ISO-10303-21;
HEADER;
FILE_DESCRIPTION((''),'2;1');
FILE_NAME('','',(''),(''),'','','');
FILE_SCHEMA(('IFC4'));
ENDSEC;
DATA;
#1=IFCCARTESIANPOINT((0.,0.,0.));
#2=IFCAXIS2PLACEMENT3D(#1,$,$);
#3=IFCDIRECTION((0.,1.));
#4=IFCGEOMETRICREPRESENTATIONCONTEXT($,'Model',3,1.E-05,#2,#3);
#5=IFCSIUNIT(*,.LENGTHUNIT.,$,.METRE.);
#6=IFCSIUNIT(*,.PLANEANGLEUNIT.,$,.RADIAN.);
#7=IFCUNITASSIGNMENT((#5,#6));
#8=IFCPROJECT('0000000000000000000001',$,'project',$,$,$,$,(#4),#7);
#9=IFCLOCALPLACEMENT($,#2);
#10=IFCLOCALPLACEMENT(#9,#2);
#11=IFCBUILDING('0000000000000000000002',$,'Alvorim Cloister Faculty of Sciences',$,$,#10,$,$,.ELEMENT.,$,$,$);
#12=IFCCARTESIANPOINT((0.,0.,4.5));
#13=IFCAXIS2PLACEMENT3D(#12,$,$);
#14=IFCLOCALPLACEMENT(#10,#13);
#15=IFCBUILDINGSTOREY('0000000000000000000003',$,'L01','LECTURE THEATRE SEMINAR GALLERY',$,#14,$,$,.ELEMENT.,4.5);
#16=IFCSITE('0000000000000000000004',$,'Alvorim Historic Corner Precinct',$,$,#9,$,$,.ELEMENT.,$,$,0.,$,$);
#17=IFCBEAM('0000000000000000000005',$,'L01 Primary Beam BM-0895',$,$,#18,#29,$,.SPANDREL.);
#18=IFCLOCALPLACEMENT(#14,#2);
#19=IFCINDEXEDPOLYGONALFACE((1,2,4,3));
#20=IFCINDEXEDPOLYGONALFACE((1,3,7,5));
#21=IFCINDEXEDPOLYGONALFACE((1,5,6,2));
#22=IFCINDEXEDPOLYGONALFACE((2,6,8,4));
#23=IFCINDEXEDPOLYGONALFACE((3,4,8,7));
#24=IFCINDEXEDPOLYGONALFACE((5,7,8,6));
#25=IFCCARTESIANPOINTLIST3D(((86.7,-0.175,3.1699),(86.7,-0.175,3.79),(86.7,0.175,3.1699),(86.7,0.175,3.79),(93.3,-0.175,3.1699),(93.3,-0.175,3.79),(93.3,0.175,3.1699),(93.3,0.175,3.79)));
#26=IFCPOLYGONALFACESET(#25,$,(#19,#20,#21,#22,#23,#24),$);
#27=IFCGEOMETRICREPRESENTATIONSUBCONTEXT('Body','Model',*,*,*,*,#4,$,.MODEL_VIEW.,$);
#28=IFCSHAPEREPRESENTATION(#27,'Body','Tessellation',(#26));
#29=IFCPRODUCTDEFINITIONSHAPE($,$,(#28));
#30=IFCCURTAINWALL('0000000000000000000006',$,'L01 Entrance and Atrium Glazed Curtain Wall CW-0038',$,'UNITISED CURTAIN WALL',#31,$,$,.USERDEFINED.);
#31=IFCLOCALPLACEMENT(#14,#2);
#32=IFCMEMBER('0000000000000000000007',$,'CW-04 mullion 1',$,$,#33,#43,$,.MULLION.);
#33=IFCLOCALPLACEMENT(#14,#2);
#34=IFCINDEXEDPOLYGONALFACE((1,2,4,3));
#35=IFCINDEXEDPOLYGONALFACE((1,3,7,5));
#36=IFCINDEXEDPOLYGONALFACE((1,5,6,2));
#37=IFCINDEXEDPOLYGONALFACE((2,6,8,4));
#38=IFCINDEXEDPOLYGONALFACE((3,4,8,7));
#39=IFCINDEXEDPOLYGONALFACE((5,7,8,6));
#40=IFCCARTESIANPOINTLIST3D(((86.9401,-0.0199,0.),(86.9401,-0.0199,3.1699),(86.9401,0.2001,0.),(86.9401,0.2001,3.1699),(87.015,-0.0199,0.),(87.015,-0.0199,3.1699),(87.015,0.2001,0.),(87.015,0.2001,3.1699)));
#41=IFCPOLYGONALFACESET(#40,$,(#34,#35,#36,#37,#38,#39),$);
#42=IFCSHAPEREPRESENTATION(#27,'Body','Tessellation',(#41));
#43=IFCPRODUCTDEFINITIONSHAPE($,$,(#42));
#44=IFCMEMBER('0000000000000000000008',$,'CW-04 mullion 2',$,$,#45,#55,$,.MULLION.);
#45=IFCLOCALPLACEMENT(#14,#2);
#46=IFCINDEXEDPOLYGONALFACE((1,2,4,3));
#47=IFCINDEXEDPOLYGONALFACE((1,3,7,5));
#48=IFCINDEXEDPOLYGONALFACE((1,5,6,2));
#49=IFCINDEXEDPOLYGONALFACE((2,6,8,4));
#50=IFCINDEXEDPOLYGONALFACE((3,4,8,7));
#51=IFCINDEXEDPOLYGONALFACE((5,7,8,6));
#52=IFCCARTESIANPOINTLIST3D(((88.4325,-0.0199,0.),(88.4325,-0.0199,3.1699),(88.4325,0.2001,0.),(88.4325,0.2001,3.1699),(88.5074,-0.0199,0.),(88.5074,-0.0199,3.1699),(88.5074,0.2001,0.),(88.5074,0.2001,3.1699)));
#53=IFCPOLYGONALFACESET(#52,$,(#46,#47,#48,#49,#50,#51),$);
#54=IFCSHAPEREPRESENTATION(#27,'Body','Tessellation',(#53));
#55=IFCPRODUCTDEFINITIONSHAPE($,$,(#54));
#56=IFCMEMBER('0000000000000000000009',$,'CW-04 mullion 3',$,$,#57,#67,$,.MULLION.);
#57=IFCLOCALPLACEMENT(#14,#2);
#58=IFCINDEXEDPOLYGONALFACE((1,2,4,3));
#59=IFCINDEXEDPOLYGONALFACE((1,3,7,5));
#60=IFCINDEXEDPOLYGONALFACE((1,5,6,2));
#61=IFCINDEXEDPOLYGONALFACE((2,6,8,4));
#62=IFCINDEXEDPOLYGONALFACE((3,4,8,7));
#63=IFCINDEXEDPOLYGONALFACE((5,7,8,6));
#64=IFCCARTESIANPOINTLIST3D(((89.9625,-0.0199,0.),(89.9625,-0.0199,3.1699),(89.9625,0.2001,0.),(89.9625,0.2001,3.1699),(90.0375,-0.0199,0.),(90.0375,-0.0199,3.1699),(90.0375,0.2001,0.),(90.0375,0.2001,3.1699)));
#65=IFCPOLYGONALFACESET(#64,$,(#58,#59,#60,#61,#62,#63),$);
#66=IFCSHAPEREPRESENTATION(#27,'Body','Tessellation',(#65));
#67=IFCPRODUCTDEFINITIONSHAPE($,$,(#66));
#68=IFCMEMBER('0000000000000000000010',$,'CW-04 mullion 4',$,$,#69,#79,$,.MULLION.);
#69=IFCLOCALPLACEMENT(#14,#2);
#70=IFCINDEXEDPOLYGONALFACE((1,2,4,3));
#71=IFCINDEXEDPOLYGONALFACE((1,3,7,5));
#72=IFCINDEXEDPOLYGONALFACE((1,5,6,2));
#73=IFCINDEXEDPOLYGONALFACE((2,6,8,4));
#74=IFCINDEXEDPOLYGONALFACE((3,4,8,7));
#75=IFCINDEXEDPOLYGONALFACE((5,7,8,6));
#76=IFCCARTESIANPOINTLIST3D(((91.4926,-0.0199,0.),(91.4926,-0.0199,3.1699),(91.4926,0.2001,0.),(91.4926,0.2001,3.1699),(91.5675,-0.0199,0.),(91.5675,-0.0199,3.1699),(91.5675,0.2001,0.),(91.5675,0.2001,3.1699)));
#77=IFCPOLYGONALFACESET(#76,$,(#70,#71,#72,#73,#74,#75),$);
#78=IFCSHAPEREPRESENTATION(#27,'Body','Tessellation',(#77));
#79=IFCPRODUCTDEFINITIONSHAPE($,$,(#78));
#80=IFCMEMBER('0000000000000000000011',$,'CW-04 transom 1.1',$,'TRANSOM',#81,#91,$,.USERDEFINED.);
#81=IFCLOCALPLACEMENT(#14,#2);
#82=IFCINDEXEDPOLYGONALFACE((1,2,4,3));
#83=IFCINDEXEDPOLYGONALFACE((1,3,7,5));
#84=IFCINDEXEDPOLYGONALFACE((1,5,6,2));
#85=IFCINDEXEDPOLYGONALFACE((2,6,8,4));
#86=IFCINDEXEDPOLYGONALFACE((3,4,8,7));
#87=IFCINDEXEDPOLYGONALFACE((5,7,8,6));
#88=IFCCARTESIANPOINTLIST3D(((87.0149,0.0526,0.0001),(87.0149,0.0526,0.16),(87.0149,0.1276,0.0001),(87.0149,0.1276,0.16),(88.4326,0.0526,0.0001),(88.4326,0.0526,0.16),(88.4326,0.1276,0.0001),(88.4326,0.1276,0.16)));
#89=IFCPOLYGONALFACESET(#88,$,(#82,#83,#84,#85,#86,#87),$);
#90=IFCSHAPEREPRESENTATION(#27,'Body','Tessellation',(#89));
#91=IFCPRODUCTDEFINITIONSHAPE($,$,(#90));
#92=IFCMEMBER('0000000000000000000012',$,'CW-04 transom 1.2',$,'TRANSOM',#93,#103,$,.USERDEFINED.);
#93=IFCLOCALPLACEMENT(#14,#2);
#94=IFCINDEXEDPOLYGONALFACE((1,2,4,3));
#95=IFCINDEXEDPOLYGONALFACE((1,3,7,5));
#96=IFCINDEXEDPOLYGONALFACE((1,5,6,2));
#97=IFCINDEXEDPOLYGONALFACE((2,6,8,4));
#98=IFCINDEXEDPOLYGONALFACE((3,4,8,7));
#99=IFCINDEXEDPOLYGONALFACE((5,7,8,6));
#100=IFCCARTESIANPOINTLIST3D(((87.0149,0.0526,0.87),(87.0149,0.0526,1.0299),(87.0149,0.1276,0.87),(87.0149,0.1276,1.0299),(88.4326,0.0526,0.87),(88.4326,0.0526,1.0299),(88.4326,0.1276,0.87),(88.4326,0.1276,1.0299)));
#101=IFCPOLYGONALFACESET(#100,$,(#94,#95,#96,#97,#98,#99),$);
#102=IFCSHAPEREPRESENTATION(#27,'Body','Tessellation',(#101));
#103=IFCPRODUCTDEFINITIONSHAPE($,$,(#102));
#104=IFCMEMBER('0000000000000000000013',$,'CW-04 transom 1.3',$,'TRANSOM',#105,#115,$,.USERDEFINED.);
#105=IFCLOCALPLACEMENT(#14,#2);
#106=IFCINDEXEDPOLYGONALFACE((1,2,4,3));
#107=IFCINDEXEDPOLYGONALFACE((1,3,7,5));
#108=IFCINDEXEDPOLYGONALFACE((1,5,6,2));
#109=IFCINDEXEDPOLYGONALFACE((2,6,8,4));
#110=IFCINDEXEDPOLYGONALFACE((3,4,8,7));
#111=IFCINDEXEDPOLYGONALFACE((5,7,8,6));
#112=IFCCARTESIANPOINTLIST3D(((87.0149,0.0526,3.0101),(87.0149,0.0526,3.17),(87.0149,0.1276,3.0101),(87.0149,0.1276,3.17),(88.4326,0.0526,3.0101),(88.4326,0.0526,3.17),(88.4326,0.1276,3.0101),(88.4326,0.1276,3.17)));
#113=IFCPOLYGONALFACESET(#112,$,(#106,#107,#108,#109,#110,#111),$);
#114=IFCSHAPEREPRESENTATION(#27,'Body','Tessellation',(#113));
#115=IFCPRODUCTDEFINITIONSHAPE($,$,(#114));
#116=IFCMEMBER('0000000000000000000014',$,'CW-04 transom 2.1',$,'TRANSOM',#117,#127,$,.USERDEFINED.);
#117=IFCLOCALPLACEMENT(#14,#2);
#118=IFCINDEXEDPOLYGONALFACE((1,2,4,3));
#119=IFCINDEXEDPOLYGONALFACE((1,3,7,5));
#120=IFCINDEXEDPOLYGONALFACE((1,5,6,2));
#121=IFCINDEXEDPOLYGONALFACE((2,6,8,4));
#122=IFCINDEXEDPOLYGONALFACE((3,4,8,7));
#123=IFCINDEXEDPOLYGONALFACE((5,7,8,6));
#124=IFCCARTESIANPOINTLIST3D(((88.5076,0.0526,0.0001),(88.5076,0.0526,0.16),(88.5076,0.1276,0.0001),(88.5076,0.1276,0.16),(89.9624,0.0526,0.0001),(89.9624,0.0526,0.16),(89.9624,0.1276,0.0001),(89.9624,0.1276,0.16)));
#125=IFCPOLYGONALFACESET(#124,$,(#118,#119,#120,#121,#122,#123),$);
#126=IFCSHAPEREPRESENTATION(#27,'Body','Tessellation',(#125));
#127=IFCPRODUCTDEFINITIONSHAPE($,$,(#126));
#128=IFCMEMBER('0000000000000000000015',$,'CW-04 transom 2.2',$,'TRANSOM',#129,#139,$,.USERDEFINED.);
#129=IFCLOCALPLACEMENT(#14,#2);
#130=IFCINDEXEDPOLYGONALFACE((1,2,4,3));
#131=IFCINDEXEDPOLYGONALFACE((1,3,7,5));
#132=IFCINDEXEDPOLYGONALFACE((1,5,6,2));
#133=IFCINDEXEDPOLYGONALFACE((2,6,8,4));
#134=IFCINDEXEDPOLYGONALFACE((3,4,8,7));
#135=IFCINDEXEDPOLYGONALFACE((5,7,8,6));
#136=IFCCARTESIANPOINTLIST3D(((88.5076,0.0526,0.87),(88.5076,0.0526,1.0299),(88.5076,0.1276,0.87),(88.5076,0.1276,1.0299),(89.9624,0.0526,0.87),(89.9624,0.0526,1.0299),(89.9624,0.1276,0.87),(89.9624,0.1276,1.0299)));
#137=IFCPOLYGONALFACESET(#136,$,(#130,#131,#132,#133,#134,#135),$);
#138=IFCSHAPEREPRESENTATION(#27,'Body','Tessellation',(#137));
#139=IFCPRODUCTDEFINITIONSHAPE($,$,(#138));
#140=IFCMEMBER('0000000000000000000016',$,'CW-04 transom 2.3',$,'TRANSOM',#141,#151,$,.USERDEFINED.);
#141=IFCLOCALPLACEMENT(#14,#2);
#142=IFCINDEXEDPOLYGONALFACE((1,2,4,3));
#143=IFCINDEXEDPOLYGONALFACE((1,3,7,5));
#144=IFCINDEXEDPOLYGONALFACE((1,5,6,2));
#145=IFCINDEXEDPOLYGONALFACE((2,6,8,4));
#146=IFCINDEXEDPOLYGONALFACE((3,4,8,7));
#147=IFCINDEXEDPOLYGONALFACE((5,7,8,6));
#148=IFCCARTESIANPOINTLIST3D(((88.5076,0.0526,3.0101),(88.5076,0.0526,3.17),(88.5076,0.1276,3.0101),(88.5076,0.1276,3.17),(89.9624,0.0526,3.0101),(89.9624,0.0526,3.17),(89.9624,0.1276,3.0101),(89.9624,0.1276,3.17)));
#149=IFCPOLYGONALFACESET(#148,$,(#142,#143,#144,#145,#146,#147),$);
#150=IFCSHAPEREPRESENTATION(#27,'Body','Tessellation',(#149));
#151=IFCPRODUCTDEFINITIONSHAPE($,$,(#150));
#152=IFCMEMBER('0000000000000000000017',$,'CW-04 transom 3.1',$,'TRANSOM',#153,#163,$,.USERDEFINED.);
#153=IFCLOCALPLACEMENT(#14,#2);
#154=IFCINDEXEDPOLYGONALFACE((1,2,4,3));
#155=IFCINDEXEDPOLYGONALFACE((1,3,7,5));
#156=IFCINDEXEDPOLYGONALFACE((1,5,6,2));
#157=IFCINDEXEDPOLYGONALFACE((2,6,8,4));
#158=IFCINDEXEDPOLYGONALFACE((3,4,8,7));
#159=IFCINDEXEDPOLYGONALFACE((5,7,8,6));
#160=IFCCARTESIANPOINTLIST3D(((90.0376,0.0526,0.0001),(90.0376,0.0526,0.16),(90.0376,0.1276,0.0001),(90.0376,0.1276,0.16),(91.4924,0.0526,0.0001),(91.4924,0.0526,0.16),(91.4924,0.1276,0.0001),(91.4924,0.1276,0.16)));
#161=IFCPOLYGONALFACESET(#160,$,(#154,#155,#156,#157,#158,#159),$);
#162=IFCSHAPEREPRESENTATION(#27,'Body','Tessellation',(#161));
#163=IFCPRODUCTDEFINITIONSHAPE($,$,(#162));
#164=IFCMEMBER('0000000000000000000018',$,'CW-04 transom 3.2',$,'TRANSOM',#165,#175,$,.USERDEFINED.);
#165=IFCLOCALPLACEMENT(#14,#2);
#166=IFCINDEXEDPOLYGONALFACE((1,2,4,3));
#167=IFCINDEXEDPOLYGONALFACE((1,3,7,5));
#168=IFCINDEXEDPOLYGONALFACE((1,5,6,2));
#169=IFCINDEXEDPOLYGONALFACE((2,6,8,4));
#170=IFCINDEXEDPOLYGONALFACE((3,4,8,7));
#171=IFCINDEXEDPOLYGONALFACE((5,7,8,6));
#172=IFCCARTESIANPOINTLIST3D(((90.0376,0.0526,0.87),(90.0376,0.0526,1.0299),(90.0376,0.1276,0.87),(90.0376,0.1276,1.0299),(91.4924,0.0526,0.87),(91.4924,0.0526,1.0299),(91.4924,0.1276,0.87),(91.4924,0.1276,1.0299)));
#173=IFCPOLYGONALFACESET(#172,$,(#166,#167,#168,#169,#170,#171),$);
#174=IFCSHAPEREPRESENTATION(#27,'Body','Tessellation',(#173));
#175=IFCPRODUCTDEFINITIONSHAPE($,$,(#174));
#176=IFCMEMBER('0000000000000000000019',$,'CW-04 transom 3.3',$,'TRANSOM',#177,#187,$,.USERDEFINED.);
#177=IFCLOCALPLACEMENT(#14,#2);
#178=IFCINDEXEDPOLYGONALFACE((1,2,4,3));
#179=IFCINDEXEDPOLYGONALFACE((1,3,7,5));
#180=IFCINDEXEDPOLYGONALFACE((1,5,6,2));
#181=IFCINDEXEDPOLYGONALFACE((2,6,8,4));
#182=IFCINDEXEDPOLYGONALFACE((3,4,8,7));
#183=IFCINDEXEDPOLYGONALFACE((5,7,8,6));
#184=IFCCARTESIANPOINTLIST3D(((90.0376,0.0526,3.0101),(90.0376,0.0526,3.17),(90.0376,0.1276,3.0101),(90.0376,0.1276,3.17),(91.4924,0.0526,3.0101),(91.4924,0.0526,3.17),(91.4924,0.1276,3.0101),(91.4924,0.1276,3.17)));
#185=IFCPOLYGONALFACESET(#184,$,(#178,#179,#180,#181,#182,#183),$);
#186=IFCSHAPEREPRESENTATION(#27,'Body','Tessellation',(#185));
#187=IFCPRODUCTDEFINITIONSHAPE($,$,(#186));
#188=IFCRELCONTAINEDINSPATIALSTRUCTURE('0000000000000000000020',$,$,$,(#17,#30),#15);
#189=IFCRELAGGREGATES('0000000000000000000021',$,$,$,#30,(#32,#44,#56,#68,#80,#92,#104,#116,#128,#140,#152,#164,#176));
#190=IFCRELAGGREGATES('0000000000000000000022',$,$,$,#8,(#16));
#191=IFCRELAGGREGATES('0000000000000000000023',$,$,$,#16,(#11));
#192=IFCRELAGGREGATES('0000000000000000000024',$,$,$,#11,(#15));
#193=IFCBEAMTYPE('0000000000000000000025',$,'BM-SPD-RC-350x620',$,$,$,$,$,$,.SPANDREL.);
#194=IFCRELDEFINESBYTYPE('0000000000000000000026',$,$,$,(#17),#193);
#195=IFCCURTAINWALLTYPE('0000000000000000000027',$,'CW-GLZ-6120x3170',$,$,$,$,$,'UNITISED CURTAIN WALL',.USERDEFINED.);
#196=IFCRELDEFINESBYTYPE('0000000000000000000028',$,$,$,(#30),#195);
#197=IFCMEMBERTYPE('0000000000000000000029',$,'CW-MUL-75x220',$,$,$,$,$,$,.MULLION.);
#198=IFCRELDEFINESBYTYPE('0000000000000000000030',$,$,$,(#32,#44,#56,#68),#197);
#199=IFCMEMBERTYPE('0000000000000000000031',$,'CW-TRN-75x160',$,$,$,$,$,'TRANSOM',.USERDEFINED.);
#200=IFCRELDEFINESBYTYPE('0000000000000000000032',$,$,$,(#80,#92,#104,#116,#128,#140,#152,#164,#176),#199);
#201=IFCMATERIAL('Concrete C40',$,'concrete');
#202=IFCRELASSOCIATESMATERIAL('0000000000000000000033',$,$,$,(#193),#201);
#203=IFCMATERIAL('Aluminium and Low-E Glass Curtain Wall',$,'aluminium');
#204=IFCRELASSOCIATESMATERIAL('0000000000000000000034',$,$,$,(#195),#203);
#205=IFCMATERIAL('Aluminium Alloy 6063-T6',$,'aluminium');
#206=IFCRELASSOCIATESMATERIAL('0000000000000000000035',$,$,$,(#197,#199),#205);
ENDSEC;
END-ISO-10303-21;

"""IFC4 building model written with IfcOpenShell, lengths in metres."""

from ifc_helpers import new_model, si_unit, direction, frame, origin, origin_2d, place, context, subcontext, project, spatial, rectangle, extrude, material, material_profile, profile_set, type_object, element, aggregate, save


model = new_model("IFC4")

# Units and contexts
model_context = context("Model", 3, precision=1e-05, world=origin(), true_north=direction((0.0, 1.0)))
body_context = subcontext(model_context, "Body", "Model", "MODEL_VIEW")
ifc_project = project(units=[si_unit("LENGTHUNIT", "METRE"), si_unit("PLANEANGLEUNIT", "RADIAN")], contexts=[model_context])

# Site, building, storey
site_placement = place(None, origin())
site = spatial("IfcSite", under=ifc_project, at=site_placement, Name="Alvorim Historic Corner Precinct", CompositionType="ELEMENT", RefElevation=0.0)
building_placement = place(site_placement, origin())
building = spatial("IfcBuilding", under=site, at=building_placement, Name="Alvorim Cloister Faculty of Sciences", CompositionType="ELEMENT")
storey_placement = place(building_placement, frame((0.0, 0.0, 4.5)))
storey = spatial("IfcBuildingStorey", under=building, at=storey_placement, Name="L01", Description="LECTURE THEATRE SEMINAR GALLERY", CompositionType="ELEMENT", Elevation=4.5)

# Beam
ifc_material_1 = material(Name="Concrete C40", Category="concrete")
ifc_material_profile_1 = material_profile(ifc_material_1, rectangle(XDim=0.3501, YDim=0.6201, at=origin_2d()), Name="RC40-SPD-350x620")
ifc_profile_set_1 = profile_set([ifc_material_profile_1], Name="Concrete C40")
beam_type = type_object("IfcBeamType", Name="BM-SPD-RC-350x620", PredefinedType="SPANDREL", material=ifc_profile_set_1)
beam_placement = place(storey_placement, frame((86.7, 0.0, 3.48), z_axis=(1.0, 0.0, 0.0), x_axis=(0.0, 1.0, 0.0)))
element("IfcBeam", 1, at=beam_placement, inside=storey, type_object=beam_type, Name="L01 Primary Beam BM-0895", PredefinedType="SPANDREL", context=body_context, shape_type="SweptSolid", body=[
    extrude(rectangle(XDim=0.3501, YDim=0.6201, at=origin_2d()), origin(), (0.0, 0.0, 1.0), 6.6001),
])

# Curtain wall, members
ifc_material_2 = material(Name="Aluminium and Low-E Glass Curtain Wall", Category="aluminium")
curtain_wall_type = type_object("IfcCurtainWallType", Name="CW-GLZ-6120x3170", ElementType="UNITISED CURTAIN WALL", PredefinedType="USERDEFINED", material=ifc_material_2)
curtain_wall_placement = place(storey_placement, origin())
curtain_wall = element("IfcCurtainWall", 2, at=curtain_wall_placement, inside=storey, type_object=curtain_wall_type, Name="L01 Entrance and Atrium Glazed Curtain Wall CW-0038", ObjectType="UNITISED CURTAIN WALL", PredefinedType="USERDEFINED")
ifc_material_3 = material(Name="Aluminium Alloy 6063-T6", Category="aluminium")
ifc_material_profile_2 = material_profile(ifc_material_3, rectangle(XDim=0.075, YDim=0.22, at=origin_2d()), Name="ALU-MUL-75x220")
ifc_profile_set_2 = profile_set([ifc_material_profile_2], Name="Aluminium Alloy 6063-T6")
member_type_1 = type_object("IfcMemberType", Name="CW-MUL-75x220", PredefinedType="MULLION", material=ifc_profile_set_2)
member_1_placement = place(storey_placement, frame((86.9775, 0.0901, 0.0), z_axis=(0.0, 0.0, 1.0), x_axis=(1.0, 0.0, 0.0)))
member_1 = element("IfcMember", 3, at=member_1_placement, type_object=member_type_1, Name="CW-04 mullion 1", PredefinedType="MULLION", context=body_context, shape_type="SweptSolid", body=[
    extrude(rectangle(XDim=0.075, YDim=0.22, at=origin_2d()), origin(), (0.0, 0.0, 1.0), 3.1699),
])
member_2_placement = place(storey_placement, frame((88.47, 0.0901, 0.0), z_axis=(0.0, 0.0, 1.0), x_axis=(1.0, 0.0, 0.0)))
member_2 = element("IfcMember", 4, at=member_2_placement, type_object=member_type_1, Name="CW-04 mullion 2", PredefinedType="MULLION", context=body_context, shape_type="SweptSolid", body=[
    extrude(rectangle(XDim=0.075, YDim=0.22, at=origin_2d()), origin(), (0.0, 0.0, 1.0), 3.1699),
])
member_3_placement = place(storey_placement, frame((90.0, 0.0901, 0.0), z_axis=(0.0, 0.0, 1.0), x_axis=(1.0, 0.0, 0.0)))
member_3 = element("IfcMember", 5, at=member_3_placement, type_object=member_type_1, Name="CW-04 mullion 3", PredefinedType="MULLION", context=body_context, shape_type="SweptSolid", body=[
    extrude(rectangle(XDim=0.075, YDim=0.22, at=origin_2d()), origin(), (0.0, 0.0, 1.0), 3.1699),
])
member_4_placement = place(storey_placement, frame((91.53, 0.0901, 0.0), z_axis=(0.0, 0.0, 1.0), x_axis=(1.0, 0.0, 0.0)))
member_4 = element("IfcMember", 6, at=member_4_placement, type_object=member_type_1, Name="CW-04 mullion 4", PredefinedType="MULLION", context=body_context, shape_type="SweptSolid", body=[
    extrude(rectangle(XDim=0.075, YDim=0.22, at=origin_2d()), origin(), (0.0, 0.0, 1.0), 3.1699),
])
ifc_material_profile_3 = material_profile(ifc_material_3, rectangle(XDim=0.075, YDim=0.1599, at=origin_2d()), Name="ALU-TRN-75x160")
ifc_profile_set_3 = profile_set([ifc_material_profile_3], Name="Aluminium Alloy 6063-T6")
member_type_2 = type_object("IfcMemberType", Name="CW-TRN-75x160", ElementType="TRANSOM", PredefinedType="USERDEFINED", material=ifc_profile_set_3)
member_5_placement = place(storey_placement, frame((87.0149, 0.0901, 0.0801), z_axis=(1.0, 0.0, 0.0), x_axis=(0.0, 1.0, 0.0)))
member_5 = element("IfcMember", 7, at=member_5_placement, type_object=member_type_2, Name="CW-04 transom 1.1", ObjectType="TRANSOM", PredefinedType="USERDEFINED", context=body_context, shape_type="SweptSolid", body=[
    extrude(rectangle(XDim=0.075, YDim=0.1599, at=origin_2d()), origin(), (0.0, 0.0, 1.0), 1.4177),
])
member_6_placement = place(storey_placement, frame((87.0149, 0.0901, 0.95), z_axis=(1.0, 0.0, 0.0), x_axis=(0.0, 1.0, 0.0)))
member_6 = element("IfcMember", 8, at=member_6_placement, type_object=member_type_2, Name="CW-04 transom 1.2", ObjectType="TRANSOM", PredefinedType="USERDEFINED", context=body_context, shape_type="SweptSolid", body=[
    extrude(rectangle(XDim=0.075, YDim=0.1599, at=origin_2d()), origin(), (0.0, 0.0, 1.0), 1.4177),
])
member_7_placement = place(storey_placement, frame((87.0149, 0.0901, 3.0901), z_axis=(1.0, 0.0, 0.0), x_axis=(0.0, 1.0, 0.0)))
member_7 = element("IfcMember", 9, at=member_7_placement, type_object=member_type_2, Name="CW-04 transom 1.3", ObjectType="TRANSOM", PredefinedType="USERDEFINED", context=body_context, shape_type="SweptSolid", body=[
    extrude(rectangle(XDim=0.075, YDim=0.1599, at=origin_2d()), origin(), (0.0, 0.0, 1.0), 1.4177),
])
member_8_placement = place(storey_placement, frame((88.5076, 0.0901, 0.0801), z_axis=(1.0, 0.0, 0.0), x_axis=(0.0, 1.0, 0.0)))
member_8 = element("IfcMember", 10, at=member_8_placement, type_object=member_type_2, Name="CW-04 transom 2.1", ObjectType="TRANSOM", PredefinedType="USERDEFINED", context=body_context, shape_type="SweptSolid", body=[
    extrude(rectangle(XDim=0.075, YDim=0.1599, at=origin_2d()), origin(), (0.0, 0.0, 1.0), 1.4548),
])
member_9_placement = place(storey_placement, frame((88.5076, 0.0901, 0.95), z_axis=(1.0, 0.0, 0.0), x_axis=(0.0, 1.0, 0.0)))
member_9 = element("IfcMember", 11, at=member_9_placement, type_object=member_type_2, Name="CW-04 transom 2.2", ObjectType="TRANSOM", PredefinedType="USERDEFINED", context=body_context, shape_type="SweptSolid", body=[
    extrude(rectangle(XDim=0.075, YDim=0.1599, at=origin_2d()), origin(), (0.0, 0.0, 1.0), 1.4548),
])
member_10_placement = place(storey_placement, frame((88.5076, 0.0901, 3.0901), z_axis=(1.0, 0.0, 0.0), x_axis=(0.0, 1.0, 0.0)))
member_10 = element("IfcMember", 12, at=member_10_placement, type_object=member_type_2, Name="CW-04 transom 2.3", ObjectType="TRANSOM", PredefinedType="USERDEFINED", context=body_context, shape_type="SweptSolid", body=[
    extrude(rectangle(XDim=0.075, YDim=0.1599, at=origin_2d()), origin(), (0.0, 0.0, 1.0), 1.4548),
])
member_11_placement = place(storey_placement, frame((90.0376, 0.0901, 0.0801), z_axis=(1.0, 0.0, 0.0), x_axis=(0.0, 1.0, 0.0)))
member_11 = element("IfcMember", 13, at=member_11_placement, type_object=member_type_2, Name="CW-04 transom 3.1", ObjectType="TRANSOM", PredefinedType="USERDEFINED", context=body_context, shape_type="SweptSolid", body=[
    extrude(rectangle(XDim=0.075, YDim=0.1599, at=origin_2d()), origin(), (0.0, 0.0, 1.0), 1.4548),
])
member_12_placement = place(storey_placement, frame((90.0376, 0.0901, 0.95), z_axis=(1.0, 0.0, 0.0), x_axis=(0.0, 1.0, 0.0)))
member_12 = element("IfcMember", 14, at=member_12_placement, type_object=member_type_2, Name="CW-04 transom 3.2", ObjectType="TRANSOM", PredefinedType="USERDEFINED", context=body_context, shape_type="SweptSolid", body=[
    extrude(rectangle(XDim=0.075, YDim=0.1599, at=origin_2d()), origin(), (0.0, 0.0, 1.0), 1.4548),
])
member_13_placement = place(storey_placement, frame((90.0376, 0.0901, 3.0901), z_axis=(1.0, 0.0, 0.0), x_axis=(0.0, 1.0, 0.0)))
member_13 = element("IfcMember", 15, at=member_13_placement, type_object=member_type_2, Name="CW-04 transom 3.3", ObjectType="TRANSOM", PredefinedType="USERDEFINED", context=body_context, shape_type="SweptSolid", body=[
    extrude(rectangle(XDim=0.075, YDim=0.1599, at=origin_2d()), origin(), (0.0, 0.0, 1.0), 1.4548),
])
aggregate(curtain_wall, [member_1, member_2, member_3, member_4, member_5, member_6, member_7, member_8, member_9, member_10, member_11, member_12, member_13])

save(model, "model.ifc")
